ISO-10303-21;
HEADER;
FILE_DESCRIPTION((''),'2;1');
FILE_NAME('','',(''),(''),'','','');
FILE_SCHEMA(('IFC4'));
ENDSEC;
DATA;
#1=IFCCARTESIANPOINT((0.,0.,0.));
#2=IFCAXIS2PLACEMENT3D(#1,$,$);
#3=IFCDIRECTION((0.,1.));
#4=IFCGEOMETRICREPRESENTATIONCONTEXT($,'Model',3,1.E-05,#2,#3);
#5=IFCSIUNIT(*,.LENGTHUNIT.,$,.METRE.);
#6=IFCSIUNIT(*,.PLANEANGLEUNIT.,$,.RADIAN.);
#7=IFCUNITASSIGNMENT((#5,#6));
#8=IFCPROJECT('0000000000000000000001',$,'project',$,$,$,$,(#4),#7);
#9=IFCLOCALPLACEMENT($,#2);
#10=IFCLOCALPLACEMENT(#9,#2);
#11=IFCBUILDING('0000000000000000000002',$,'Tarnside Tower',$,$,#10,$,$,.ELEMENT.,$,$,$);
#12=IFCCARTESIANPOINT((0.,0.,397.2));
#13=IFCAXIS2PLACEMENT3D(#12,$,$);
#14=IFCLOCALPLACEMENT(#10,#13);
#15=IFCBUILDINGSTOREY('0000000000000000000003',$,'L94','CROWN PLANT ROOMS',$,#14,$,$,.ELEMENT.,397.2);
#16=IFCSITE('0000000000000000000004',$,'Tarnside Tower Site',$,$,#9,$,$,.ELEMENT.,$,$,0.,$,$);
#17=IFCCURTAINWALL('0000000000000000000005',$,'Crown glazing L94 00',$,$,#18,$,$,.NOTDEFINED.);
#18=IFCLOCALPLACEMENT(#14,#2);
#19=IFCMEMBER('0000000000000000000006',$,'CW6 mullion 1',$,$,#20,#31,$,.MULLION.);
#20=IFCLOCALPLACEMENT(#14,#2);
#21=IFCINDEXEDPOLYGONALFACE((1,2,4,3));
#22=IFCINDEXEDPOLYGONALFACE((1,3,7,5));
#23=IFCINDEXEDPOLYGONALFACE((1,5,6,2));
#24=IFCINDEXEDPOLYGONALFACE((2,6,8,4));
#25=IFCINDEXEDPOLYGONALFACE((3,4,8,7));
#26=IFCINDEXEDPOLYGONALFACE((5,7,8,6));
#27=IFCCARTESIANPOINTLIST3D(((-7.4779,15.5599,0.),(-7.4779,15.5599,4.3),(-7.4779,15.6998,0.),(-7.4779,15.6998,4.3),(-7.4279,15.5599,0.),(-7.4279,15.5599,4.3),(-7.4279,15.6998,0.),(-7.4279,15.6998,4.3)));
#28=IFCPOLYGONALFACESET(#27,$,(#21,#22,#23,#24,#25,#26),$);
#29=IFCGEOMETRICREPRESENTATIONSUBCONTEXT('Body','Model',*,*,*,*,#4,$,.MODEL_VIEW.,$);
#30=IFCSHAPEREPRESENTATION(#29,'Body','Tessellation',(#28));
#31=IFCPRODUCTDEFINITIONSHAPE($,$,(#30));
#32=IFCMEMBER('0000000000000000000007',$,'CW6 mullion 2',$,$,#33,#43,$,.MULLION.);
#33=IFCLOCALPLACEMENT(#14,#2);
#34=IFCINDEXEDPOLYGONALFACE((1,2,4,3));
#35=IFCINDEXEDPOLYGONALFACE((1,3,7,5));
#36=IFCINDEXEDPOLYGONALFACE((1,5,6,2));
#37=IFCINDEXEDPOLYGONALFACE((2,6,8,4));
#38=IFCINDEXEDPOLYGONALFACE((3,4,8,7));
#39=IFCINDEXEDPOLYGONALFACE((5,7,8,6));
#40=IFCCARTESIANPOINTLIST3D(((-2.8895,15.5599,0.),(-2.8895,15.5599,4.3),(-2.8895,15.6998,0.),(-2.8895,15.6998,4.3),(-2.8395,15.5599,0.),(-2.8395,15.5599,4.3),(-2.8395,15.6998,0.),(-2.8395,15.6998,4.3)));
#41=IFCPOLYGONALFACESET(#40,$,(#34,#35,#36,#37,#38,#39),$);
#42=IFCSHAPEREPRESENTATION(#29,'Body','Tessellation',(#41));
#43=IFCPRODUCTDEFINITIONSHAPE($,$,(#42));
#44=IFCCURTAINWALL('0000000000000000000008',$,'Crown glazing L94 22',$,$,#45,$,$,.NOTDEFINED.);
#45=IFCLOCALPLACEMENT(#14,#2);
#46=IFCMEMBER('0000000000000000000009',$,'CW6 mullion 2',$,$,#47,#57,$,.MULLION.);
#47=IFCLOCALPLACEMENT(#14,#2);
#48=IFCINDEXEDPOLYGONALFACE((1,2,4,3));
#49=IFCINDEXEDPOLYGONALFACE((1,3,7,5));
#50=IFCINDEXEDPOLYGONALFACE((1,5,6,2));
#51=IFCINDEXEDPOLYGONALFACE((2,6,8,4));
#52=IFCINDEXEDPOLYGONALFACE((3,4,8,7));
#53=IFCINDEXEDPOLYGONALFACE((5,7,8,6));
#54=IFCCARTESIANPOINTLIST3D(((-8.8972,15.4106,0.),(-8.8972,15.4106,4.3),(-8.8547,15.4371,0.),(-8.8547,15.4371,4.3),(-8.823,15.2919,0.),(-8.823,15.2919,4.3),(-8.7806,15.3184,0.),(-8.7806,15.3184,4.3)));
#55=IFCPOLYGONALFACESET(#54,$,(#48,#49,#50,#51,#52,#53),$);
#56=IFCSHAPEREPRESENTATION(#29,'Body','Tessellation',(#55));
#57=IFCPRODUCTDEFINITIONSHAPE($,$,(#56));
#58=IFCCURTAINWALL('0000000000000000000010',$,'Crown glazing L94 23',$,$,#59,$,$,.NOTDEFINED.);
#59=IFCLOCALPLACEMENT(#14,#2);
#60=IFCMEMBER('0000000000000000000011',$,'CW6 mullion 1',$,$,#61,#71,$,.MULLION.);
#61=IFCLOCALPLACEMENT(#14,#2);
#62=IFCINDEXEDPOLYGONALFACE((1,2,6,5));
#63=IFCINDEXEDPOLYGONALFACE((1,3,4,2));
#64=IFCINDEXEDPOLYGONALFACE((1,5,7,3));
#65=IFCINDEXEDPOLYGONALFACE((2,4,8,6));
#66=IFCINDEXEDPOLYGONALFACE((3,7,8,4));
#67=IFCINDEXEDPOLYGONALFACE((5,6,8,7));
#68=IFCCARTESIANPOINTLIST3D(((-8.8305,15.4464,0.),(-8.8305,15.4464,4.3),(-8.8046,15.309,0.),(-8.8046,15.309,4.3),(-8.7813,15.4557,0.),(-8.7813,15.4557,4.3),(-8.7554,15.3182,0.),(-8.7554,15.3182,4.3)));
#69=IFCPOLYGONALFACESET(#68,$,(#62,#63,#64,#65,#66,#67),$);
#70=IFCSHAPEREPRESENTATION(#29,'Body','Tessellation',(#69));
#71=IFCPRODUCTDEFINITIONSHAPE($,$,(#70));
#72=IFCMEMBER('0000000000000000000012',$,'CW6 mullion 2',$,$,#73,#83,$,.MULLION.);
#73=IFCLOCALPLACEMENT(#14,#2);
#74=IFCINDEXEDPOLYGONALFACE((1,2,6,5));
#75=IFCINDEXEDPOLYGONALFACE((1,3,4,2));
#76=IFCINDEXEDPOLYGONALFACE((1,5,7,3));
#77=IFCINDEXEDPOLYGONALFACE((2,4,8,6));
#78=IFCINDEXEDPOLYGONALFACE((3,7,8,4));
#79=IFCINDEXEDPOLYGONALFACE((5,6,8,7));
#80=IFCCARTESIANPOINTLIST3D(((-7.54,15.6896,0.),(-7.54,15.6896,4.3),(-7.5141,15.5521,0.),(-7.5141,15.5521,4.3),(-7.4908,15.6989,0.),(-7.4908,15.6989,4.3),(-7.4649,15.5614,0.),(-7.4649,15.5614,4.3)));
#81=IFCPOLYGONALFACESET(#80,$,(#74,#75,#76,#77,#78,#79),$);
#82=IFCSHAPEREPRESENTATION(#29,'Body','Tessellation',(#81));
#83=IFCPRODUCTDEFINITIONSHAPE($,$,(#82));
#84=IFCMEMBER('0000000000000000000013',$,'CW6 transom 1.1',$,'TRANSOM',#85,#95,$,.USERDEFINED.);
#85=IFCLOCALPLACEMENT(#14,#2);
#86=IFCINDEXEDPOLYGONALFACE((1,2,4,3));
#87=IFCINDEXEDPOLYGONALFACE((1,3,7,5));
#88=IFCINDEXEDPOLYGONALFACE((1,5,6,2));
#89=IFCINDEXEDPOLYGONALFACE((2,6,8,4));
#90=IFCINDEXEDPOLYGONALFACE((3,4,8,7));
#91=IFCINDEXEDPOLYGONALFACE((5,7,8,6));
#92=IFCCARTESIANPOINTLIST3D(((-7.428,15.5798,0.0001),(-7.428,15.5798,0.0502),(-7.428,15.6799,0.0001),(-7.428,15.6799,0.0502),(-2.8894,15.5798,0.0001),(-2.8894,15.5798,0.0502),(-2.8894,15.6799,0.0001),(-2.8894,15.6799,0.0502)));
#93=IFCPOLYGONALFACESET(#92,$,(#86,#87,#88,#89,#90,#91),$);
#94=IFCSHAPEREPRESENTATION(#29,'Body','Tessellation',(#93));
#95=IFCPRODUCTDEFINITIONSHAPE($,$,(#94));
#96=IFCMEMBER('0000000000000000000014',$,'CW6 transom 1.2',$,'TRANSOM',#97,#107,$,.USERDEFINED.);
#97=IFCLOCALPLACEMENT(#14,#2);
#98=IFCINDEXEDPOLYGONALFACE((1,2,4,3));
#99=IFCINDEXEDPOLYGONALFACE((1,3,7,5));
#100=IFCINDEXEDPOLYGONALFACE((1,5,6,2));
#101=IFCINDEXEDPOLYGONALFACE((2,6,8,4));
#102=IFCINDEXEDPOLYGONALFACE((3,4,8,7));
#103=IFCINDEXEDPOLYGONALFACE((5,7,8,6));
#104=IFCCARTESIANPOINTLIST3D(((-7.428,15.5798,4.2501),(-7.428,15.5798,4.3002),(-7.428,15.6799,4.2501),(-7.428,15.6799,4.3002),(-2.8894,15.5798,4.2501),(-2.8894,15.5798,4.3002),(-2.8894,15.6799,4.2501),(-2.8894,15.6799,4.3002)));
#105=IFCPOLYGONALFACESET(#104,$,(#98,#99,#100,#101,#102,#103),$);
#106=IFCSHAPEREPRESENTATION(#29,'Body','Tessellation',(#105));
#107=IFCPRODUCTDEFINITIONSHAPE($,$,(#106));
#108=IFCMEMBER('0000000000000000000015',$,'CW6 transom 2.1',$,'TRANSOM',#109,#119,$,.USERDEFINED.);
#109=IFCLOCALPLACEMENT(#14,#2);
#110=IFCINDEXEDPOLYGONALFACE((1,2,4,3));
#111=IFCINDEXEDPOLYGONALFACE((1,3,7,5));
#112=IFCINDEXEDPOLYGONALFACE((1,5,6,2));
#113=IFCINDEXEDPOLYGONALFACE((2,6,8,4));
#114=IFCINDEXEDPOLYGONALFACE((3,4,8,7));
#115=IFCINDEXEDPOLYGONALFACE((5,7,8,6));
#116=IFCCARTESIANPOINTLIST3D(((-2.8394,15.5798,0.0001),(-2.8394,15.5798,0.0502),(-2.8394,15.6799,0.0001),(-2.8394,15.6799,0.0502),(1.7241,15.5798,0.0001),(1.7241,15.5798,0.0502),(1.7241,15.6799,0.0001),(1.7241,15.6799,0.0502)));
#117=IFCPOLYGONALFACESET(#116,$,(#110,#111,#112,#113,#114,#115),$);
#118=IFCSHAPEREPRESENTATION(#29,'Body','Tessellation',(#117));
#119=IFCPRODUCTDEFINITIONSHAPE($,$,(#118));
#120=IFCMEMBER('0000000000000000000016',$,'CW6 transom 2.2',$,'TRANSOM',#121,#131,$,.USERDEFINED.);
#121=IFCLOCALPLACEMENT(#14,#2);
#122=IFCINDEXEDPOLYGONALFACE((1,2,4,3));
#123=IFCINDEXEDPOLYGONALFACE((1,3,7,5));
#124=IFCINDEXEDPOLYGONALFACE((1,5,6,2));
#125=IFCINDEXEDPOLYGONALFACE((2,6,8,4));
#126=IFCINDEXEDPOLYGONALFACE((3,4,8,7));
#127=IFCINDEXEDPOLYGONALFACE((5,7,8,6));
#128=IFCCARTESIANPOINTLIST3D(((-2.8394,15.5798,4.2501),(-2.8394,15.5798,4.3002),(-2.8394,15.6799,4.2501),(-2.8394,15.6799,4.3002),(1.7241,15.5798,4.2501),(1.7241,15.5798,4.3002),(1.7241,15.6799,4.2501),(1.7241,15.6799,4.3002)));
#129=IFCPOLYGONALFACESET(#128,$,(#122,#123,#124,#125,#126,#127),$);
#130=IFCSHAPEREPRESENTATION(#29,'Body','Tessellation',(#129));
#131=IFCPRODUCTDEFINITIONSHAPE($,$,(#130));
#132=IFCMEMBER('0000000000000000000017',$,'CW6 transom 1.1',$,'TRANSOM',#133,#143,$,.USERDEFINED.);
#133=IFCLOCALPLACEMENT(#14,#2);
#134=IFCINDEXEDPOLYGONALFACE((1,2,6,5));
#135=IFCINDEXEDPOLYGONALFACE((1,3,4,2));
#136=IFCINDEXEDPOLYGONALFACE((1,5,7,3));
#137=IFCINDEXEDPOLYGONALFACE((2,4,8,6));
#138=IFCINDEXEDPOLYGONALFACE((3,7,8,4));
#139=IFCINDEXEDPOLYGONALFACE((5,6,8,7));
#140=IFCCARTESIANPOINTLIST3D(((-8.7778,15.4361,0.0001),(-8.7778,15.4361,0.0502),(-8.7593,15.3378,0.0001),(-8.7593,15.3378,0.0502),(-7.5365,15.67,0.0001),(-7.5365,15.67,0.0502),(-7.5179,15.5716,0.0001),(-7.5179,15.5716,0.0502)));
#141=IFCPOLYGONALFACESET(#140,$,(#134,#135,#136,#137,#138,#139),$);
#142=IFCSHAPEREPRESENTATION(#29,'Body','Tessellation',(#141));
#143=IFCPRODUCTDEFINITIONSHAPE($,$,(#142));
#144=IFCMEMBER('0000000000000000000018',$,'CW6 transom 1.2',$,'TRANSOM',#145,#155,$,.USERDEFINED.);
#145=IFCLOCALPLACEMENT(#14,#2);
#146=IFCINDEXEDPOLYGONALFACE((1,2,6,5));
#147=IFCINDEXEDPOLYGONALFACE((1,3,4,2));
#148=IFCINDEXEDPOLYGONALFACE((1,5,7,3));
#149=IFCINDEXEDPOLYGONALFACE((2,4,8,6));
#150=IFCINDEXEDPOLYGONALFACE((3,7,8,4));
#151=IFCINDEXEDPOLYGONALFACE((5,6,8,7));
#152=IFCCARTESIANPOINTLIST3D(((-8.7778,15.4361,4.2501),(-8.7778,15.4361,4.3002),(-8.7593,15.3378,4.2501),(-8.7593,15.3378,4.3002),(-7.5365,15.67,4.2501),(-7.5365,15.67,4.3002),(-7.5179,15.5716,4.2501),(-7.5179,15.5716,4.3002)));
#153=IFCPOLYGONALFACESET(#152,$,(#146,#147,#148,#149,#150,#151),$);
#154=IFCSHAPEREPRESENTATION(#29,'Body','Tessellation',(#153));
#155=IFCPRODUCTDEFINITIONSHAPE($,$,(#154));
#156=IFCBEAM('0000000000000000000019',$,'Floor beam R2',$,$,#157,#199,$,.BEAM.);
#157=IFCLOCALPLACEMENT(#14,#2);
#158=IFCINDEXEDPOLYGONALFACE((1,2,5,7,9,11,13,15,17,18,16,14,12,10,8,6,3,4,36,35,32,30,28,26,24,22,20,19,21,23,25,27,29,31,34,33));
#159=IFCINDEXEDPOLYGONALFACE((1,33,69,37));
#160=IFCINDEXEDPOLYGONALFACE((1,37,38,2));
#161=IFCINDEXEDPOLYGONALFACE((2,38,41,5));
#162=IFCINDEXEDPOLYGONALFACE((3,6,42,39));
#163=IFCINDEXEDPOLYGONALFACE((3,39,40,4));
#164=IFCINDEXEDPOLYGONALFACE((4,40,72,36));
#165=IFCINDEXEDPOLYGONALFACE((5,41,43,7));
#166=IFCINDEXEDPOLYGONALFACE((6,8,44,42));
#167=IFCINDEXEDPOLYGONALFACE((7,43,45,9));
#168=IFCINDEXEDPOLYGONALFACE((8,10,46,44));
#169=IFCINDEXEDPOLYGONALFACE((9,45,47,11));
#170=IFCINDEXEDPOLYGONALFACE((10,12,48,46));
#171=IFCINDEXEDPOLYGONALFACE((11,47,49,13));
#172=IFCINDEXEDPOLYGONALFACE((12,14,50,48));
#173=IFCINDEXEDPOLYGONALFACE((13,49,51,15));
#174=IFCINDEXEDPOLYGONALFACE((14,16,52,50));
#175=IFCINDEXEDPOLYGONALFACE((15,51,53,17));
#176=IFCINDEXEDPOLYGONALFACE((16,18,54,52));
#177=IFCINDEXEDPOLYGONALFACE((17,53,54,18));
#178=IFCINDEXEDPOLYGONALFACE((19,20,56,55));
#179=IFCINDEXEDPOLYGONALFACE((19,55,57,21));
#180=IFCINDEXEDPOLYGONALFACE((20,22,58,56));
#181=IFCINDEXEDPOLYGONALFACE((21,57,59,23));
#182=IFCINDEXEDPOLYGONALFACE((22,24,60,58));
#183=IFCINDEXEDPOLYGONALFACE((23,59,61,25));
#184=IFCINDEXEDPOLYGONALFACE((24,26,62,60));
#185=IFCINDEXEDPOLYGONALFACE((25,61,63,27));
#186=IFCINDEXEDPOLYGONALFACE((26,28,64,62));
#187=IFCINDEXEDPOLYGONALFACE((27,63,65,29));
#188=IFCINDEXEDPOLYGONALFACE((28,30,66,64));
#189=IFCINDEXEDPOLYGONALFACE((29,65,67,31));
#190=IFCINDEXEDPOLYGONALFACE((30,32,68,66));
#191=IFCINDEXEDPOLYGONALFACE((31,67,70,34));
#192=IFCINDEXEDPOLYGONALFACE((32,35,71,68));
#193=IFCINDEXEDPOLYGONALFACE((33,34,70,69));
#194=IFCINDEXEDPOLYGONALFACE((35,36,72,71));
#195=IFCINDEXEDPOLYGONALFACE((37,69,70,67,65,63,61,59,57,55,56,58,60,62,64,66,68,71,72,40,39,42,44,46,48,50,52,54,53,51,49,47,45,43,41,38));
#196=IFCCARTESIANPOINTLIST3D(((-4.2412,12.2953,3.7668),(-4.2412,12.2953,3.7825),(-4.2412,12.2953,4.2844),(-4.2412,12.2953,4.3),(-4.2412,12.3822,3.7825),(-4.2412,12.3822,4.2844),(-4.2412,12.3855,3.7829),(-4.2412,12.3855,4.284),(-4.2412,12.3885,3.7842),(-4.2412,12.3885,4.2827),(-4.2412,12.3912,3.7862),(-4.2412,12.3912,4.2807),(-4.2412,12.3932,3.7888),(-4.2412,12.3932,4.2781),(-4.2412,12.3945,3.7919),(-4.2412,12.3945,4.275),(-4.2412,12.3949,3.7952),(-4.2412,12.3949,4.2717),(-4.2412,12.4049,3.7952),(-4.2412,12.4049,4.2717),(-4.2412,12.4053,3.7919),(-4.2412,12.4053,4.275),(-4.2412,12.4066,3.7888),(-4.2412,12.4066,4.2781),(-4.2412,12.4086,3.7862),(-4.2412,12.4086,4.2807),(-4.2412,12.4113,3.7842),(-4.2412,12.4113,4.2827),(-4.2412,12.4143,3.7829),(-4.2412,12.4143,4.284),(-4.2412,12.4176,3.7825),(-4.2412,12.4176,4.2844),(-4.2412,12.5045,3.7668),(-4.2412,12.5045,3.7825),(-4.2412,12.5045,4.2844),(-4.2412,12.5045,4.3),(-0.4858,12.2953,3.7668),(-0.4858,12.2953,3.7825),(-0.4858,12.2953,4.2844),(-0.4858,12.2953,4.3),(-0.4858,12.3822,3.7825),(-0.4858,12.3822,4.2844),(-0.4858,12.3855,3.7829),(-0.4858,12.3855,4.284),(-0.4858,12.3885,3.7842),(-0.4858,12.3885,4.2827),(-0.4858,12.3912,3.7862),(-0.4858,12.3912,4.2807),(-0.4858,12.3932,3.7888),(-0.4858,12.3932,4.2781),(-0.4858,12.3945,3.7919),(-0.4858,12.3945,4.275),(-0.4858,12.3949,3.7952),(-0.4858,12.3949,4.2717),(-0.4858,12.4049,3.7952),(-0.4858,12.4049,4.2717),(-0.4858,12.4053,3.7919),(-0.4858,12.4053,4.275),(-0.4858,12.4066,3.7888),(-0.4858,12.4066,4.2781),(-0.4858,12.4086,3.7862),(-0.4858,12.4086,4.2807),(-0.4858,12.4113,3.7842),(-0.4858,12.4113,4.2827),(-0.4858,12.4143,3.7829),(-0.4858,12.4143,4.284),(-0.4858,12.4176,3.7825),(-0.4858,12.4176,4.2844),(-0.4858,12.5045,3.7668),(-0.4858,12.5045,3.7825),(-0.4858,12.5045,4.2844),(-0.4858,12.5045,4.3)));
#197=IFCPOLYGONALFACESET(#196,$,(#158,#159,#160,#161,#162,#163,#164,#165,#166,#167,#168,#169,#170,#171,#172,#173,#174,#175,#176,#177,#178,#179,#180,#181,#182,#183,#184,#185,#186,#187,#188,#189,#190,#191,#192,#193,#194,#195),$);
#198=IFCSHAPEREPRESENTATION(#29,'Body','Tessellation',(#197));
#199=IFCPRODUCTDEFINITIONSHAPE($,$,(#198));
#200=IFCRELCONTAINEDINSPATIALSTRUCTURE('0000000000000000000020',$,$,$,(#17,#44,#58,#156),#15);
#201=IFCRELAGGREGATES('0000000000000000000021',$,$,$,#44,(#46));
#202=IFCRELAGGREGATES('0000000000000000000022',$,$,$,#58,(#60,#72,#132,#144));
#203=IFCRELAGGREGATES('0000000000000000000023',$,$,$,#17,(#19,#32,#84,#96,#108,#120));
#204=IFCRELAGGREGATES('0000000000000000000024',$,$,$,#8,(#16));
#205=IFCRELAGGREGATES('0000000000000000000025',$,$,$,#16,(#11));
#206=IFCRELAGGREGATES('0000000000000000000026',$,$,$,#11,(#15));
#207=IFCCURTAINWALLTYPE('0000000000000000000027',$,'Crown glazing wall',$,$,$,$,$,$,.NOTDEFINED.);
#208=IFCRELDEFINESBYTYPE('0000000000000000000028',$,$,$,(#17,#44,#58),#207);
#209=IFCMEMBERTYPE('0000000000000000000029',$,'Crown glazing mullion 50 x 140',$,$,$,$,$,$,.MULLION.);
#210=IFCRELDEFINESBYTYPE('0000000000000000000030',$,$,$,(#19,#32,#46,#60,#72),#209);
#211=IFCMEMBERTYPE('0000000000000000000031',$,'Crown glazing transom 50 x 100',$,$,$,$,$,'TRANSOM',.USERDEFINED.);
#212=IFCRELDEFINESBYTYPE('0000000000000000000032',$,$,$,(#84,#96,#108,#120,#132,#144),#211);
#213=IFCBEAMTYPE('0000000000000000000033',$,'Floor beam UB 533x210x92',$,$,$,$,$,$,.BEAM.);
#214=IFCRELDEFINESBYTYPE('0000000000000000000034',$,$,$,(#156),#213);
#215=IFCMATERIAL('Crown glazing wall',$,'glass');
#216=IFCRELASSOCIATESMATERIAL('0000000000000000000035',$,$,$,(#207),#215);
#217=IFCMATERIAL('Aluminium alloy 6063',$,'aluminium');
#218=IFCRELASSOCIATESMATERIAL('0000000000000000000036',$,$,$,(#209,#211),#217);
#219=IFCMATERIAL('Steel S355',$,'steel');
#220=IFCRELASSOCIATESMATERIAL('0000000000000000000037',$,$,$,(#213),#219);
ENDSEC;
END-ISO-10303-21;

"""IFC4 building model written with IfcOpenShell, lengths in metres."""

from ifc_helpers import new_model, si_unit, direction, frame, origin, origin_2d, place, context, subcontext, project, spatial, rectangle, i_section, extrude, material, material_profile, profile_set, type_object, element, aggregate, save


model = new_model("IFC4")

# Units and contexts
model_context = context("Model", 3, precision=1e-05, world=origin(), true_north=direction((0.0, 1.0)))
body_context = subcontext(model_context, "Body", "Model", "MODEL_VIEW")
ifc_project = project(units=[si_unit("LENGTHUNIT", "METRE"), si_unit("PLANEANGLEUNIT", "RADIAN")], contexts=[model_context])

# Site, building, storey
site_placement = place(None, origin())
site = spatial("IfcSite", under=ifc_project, at=site_placement, Name="Tarnside Tower Site", CompositionType="ELEMENT", RefElevation=0.0)
building_placement = place(site_placement, origin())
building = spatial("IfcBuilding", under=site, at=building_placement, Name="Tarnside Tower", CompositionType="ELEMENT")
storey_placement = place(building_placement, frame((0.0, 0.0, 397.2)))
storey = spatial("IfcBuildingStorey", under=building, at=storey_placement, Name="L94", Description="CROWN PLANT ROOMS", CompositionType="ELEMENT", Elevation=397.2)

# Curtain wall, members
ifc_material_1 = material(Name="Crown glazing wall", Category="glass")
curtain_wall_type = type_object("IfcCurtainWallType", Name="Crown glazing wall", PredefinedType="NOTDEFINED", material=ifc_material_1)
curtain_wall_1_placement = place(storey_placement, origin())
curtain_wall_1 = element("IfcCurtainWall", 1, at=curtain_wall_1_placement, inside=storey, type_object=curtain_wall_type, Name="Crown glazing L94 00", PredefinedType="NOTDEFINED")
ifc_material_2 = material(Name="Aluminium alloy 6063", Category="aluminium")
ifc_material_profile_1 = material_profile(ifc_material_2, rectangle(XDim=0.1399, YDim=0.05, at=origin_2d()), Name="Crown glazing mullion 50 x 140")
ifc_profile_set_1 = profile_set([ifc_material_profile_1], Name="Aluminium alloy 6063")
member_type_1 = type_object("IfcMemberType", Name="Crown glazing mullion 50 x 140", PredefinedType="MULLION", material=ifc_profile_set_1)
member_1_placement = place(storey_placement, frame((-7.4529, 15.6299, 0.0), z_axis=(0.0, 0.0, 1.0), x_axis=(0.0, 1.0, 0.0)))
member_1 = element("IfcMember", 2, at=member_1_placement, type_object=member_type_1, Name="CW6 mullion 1", PredefinedType="MULLION", context=body_context, shape_type="SweptSolid", body=[
    extrude(rectangle(XDim=0.1399, YDim=0.05, at=origin_2d()), origin(), (0.0, 0.0, 1.0), 4.3),
])
member_2_placement = place(storey_placement, frame((-2.8645, 15.6299, 0.0), z_axis=(0.0, 0.0, 1.0), x_axis=(0.0, 1.0, 0.0)))
member_2 = element("IfcMember", 3, at=member_2_placement, type_object=member_type_1, Name="CW6 mullion 2", PredefinedType="MULLION", context=body_context, shape_type="SweptSolid", body=[
    extrude(rectangle(XDim=0.1399, YDim=0.05, at=origin_2d()), origin(), (0.0, 0.0, 1.0), 4.3),
])

# Curtain wall, member
curtain_wall_2_placement = place(storey_placement, origin())
curtain_wall_2 = element("IfcCurtainWall", 4, at=curtain_wall_2_placement, inside=storey, type_object=curtain_wall_type, Name="Crown glazing L94 22", PredefinedType="NOTDEFINED")
member_3_placement = place(storey_placement, frame((-8.8389, 15.3645, 0.0), z_axis=(0.0, 0.0, 1.0), x_axis=(-0.529919, 0.848048, 0.0)))
member_3 = element("IfcMember", 5, at=member_3_placement, type_object=member_type_1, Name="CW6 mullion 2", PredefinedType="MULLION", context=body_context, shape_type="SweptSolid", body=[
    extrude(rectangle(XDim=0.1399, YDim=0.05, at=origin_2d()), origin(), (0.0, 0.0, 1.0), 4.3),
])
aggregate(curtain_wall_2, [member_3])

# Curtain wall, members
curtain_wall_3_placement = place(storey_placement, origin())
curtain_wall_3 = element("IfcCurtainWall", 6, at=curtain_wall_3_placement, inside=storey, type_object=curtain_wall_type, Name="Crown glazing L94 23", PredefinedType="NOTDEFINED")
member_4_placement = place(storey_placement, frame((-8.793, 15.3823, 0.0), z_axis=(0.0, 0.0, 1.0), x_axis=(-0.185095, 0.982721, 0.0)))
member_4 = element("IfcMember", 7, at=member_4_placement, type_object=member_type_1, Name="CW6 mullion 1", PredefinedType="MULLION", context=body_context, shape_type="SweptSolid", body=[
    extrude(rectangle(XDim=0.1399, YDim=0.05, at=origin_2d()), origin(), (0.0, 0.0, 1.0), 4.3),
])
member_5_placement = place(storey_placement, frame((-7.5024, 15.6255, 0.0), z_axis=(0.0, 0.0, 1.0), x_axis=(-0.185095, 0.982721, 0.0)))
member_5 = element("IfcMember", 8, at=member_5_placement, type_object=member_type_1, Name="CW6 mullion 2", PredefinedType="MULLION", context=body_context, shape_type="SweptSolid", body=[
    extrude(rectangle(XDim=0.1399, YDim=0.05, at=origin_2d()), origin(), (0.0, 0.0, 1.0), 4.3),
])

# Members
ifc_material_profile_2 = material_profile(ifc_material_2, rectangle(XDim=0.1001, YDim=0.05, at=origin_2d()), Name="Crown glazing transom 50 x 100")
ifc_profile_set_2 = profile_set([ifc_material_profile_2], Name="Aluminium alloy 6063")
member_type_2 = type_object("IfcMemberType", Name="Crown glazing transom 50 x 100", ElementType="TRANSOM", PredefinedType="USERDEFINED", material=ifc_profile_set_2)
member_6_placement = place(storey_placement, frame((-7.428, 15.6299, 0.0251), z_axis=(1.0, 0.0, 0.0), x_axis=(0.0, 1.0, 0.0)))
member_6 = element("IfcMember", 9, at=member_6_placement, type_object=member_type_2, Name="CW6 transom 1.1", ObjectType="TRANSOM", PredefinedType="USERDEFINED", context=body_context, shape_type="SweptSolid", body=[
    extrude(rectangle(XDim=0.1001, YDim=0.05, at=origin_2d()), origin(), (0.0, 0.0, 1.0), 4.5386),
])
member_7_placement = place(storey_placement, frame((-7.428, 15.6299, 4.2751), z_axis=(1.0, 0.0, 0.0), x_axis=(0.0, 1.0, 0.0)))
member_7 = element("IfcMember", 10, at=member_7_placement, type_object=member_type_2, Name="CW6 transom 1.2", ObjectType="TRANSOM", PredefinedType="USERDEFINED", context=body_context, shape_type="SweptSolid", body=[
    extrude(rectangle(XDim=0.1001, YDim=0.05, at=origin_2d()), origin(), (0.0, 0.0, 1.0), 4.5386),
])
member_8_placement = place(storey_placement, frame((-2.8394, 15.6299, 0.0251), z_axis=(1.0, 0.0, 0.0), x_axis=(0.0, 1.0, 0.0)))
member_8 = element("IfcMember", 11, at=member_8_placement, type_object=member_type_2, Name="CW6 transom 2.1", ObjectType="TRANSOM", PredefinedType="USERDEFINED", context=body_context, shape_type="SweptSolid", body=[
    extrude(rectangle(XDim=0.1001, YDim=0.05, at=origin_2d()), origin(), (0.0, 0.0, 1.0), 4.5635),
])
member_9_placement = place(storey_placement, frame((-2.8394, 15.6299, 4.2751), z_axis=(1.0, 0.0, 0.0), x_axis=(0.0, 1.0, 0.0)))
member_9 = element("IfcMember", 12, at=member_9_placement, type_object=member_type_2, Name="CW6 transom 2.2", ObjectType="TRANSOM", PredefinedType="USERDEFINED", context=body_context, shape_type="SweptSolid", body=[
    extrude(rectangle(XDim=0.1001, YDim=0.05, at=origin_2d()), origin(), (0.0, 0.0, 1.0), 4.5635),
])
member_10_placement = place(storey_placement, frame((-8.7686, 15.387, 0.0251), z_axis=(0.982712, 0.18514, 0.0), x_axis=(-0.18514, 0.982712, 0.0)))
member_10 = element("IfcMember", 13, at=member_10_placement, type_object=member_type_2, Name="CW6 transom 1.1", ObjectType="TRANSOM", PredefinedType="USERDEFINED", context=body_context, shape_type="SweptSolid", body=[
    extrude(rectangle(XDim=0.1001, YDim=0.05, at=origin_2d()), origin(), (0.0, 0.0, 1.0), 1.2632),
])
member_11_placement = place(storey_placement, frame((-8.7686, 15.387, 4.2751), z_axis=(0.982712, 0.18514, 0.0), x_axis=(-0.18514, 0.982712, 0.0)))
member_11 = element("IfcMember", 14, at=member_11_placement, type_object=member_type_2, Name="CW6 transom 1.2", ObjectType="TRANSOM", PredefinedType="USERDEFINED", context=body_context, shape_type="SweptSolid", body=[
    extrude(rectangle(XDim=0.1001, YDim=0.05, at=origin_2d()), origin(), (0.0, 0.0, 1.0), 1.2632),
])

# Beam
ifc_material_3 = material(Name="Steel S355", Category="steel")
ifc_material_profile_3 = material_profile(ifc_material_3, i_section(OverallWidth=0.2092, OverallDepth=0.5332, WebThickness=0.01, FlangeThickness=0.0156, FilletRadius=0.0127, at=origin_2d()), Name="UB 533x210x92")
ifc_profile_set_3 = profile_set([ifc_material_profile_3], Name="Steel S355")
beam_type = type_object("IfcBeamType", Name="Floor beam UB 533x210x92", PredefinedType="BEAM", material=ifc_profile_set_3)
beam_1_placement = place(storey_placement, frame((-0.4858, 12.3999, 4.0334), z_axis=(-1.0, 0.0, 0.0), x_axis=(0.0, -1.0, 0.0)))
element("IfcBeam", 15, at=beam_1_placement, inside=storey, type_object=beam_type, Name="Floor beam R2", PredefinedType="BEAM", context=body_context, shape_type="SweptSolid", body=[
    extrude(i_section(OverallWidth=0.2092, OverallDepth=0.5332, WebThickness=0.01, FlangeThickness=0.0156, FilletRadius=0.0127, at=origin_2d()), origin(), (0.0, 0.0, 1.0), 3.7554),
])

aggregate(curtain_wall_3, [member_4, member_5, member_10, member_11])
aggregate(curtain_wall_1, [member_1, member_2, member_6, member_7, member_8, member_9])

save(model, "model.ifc")
